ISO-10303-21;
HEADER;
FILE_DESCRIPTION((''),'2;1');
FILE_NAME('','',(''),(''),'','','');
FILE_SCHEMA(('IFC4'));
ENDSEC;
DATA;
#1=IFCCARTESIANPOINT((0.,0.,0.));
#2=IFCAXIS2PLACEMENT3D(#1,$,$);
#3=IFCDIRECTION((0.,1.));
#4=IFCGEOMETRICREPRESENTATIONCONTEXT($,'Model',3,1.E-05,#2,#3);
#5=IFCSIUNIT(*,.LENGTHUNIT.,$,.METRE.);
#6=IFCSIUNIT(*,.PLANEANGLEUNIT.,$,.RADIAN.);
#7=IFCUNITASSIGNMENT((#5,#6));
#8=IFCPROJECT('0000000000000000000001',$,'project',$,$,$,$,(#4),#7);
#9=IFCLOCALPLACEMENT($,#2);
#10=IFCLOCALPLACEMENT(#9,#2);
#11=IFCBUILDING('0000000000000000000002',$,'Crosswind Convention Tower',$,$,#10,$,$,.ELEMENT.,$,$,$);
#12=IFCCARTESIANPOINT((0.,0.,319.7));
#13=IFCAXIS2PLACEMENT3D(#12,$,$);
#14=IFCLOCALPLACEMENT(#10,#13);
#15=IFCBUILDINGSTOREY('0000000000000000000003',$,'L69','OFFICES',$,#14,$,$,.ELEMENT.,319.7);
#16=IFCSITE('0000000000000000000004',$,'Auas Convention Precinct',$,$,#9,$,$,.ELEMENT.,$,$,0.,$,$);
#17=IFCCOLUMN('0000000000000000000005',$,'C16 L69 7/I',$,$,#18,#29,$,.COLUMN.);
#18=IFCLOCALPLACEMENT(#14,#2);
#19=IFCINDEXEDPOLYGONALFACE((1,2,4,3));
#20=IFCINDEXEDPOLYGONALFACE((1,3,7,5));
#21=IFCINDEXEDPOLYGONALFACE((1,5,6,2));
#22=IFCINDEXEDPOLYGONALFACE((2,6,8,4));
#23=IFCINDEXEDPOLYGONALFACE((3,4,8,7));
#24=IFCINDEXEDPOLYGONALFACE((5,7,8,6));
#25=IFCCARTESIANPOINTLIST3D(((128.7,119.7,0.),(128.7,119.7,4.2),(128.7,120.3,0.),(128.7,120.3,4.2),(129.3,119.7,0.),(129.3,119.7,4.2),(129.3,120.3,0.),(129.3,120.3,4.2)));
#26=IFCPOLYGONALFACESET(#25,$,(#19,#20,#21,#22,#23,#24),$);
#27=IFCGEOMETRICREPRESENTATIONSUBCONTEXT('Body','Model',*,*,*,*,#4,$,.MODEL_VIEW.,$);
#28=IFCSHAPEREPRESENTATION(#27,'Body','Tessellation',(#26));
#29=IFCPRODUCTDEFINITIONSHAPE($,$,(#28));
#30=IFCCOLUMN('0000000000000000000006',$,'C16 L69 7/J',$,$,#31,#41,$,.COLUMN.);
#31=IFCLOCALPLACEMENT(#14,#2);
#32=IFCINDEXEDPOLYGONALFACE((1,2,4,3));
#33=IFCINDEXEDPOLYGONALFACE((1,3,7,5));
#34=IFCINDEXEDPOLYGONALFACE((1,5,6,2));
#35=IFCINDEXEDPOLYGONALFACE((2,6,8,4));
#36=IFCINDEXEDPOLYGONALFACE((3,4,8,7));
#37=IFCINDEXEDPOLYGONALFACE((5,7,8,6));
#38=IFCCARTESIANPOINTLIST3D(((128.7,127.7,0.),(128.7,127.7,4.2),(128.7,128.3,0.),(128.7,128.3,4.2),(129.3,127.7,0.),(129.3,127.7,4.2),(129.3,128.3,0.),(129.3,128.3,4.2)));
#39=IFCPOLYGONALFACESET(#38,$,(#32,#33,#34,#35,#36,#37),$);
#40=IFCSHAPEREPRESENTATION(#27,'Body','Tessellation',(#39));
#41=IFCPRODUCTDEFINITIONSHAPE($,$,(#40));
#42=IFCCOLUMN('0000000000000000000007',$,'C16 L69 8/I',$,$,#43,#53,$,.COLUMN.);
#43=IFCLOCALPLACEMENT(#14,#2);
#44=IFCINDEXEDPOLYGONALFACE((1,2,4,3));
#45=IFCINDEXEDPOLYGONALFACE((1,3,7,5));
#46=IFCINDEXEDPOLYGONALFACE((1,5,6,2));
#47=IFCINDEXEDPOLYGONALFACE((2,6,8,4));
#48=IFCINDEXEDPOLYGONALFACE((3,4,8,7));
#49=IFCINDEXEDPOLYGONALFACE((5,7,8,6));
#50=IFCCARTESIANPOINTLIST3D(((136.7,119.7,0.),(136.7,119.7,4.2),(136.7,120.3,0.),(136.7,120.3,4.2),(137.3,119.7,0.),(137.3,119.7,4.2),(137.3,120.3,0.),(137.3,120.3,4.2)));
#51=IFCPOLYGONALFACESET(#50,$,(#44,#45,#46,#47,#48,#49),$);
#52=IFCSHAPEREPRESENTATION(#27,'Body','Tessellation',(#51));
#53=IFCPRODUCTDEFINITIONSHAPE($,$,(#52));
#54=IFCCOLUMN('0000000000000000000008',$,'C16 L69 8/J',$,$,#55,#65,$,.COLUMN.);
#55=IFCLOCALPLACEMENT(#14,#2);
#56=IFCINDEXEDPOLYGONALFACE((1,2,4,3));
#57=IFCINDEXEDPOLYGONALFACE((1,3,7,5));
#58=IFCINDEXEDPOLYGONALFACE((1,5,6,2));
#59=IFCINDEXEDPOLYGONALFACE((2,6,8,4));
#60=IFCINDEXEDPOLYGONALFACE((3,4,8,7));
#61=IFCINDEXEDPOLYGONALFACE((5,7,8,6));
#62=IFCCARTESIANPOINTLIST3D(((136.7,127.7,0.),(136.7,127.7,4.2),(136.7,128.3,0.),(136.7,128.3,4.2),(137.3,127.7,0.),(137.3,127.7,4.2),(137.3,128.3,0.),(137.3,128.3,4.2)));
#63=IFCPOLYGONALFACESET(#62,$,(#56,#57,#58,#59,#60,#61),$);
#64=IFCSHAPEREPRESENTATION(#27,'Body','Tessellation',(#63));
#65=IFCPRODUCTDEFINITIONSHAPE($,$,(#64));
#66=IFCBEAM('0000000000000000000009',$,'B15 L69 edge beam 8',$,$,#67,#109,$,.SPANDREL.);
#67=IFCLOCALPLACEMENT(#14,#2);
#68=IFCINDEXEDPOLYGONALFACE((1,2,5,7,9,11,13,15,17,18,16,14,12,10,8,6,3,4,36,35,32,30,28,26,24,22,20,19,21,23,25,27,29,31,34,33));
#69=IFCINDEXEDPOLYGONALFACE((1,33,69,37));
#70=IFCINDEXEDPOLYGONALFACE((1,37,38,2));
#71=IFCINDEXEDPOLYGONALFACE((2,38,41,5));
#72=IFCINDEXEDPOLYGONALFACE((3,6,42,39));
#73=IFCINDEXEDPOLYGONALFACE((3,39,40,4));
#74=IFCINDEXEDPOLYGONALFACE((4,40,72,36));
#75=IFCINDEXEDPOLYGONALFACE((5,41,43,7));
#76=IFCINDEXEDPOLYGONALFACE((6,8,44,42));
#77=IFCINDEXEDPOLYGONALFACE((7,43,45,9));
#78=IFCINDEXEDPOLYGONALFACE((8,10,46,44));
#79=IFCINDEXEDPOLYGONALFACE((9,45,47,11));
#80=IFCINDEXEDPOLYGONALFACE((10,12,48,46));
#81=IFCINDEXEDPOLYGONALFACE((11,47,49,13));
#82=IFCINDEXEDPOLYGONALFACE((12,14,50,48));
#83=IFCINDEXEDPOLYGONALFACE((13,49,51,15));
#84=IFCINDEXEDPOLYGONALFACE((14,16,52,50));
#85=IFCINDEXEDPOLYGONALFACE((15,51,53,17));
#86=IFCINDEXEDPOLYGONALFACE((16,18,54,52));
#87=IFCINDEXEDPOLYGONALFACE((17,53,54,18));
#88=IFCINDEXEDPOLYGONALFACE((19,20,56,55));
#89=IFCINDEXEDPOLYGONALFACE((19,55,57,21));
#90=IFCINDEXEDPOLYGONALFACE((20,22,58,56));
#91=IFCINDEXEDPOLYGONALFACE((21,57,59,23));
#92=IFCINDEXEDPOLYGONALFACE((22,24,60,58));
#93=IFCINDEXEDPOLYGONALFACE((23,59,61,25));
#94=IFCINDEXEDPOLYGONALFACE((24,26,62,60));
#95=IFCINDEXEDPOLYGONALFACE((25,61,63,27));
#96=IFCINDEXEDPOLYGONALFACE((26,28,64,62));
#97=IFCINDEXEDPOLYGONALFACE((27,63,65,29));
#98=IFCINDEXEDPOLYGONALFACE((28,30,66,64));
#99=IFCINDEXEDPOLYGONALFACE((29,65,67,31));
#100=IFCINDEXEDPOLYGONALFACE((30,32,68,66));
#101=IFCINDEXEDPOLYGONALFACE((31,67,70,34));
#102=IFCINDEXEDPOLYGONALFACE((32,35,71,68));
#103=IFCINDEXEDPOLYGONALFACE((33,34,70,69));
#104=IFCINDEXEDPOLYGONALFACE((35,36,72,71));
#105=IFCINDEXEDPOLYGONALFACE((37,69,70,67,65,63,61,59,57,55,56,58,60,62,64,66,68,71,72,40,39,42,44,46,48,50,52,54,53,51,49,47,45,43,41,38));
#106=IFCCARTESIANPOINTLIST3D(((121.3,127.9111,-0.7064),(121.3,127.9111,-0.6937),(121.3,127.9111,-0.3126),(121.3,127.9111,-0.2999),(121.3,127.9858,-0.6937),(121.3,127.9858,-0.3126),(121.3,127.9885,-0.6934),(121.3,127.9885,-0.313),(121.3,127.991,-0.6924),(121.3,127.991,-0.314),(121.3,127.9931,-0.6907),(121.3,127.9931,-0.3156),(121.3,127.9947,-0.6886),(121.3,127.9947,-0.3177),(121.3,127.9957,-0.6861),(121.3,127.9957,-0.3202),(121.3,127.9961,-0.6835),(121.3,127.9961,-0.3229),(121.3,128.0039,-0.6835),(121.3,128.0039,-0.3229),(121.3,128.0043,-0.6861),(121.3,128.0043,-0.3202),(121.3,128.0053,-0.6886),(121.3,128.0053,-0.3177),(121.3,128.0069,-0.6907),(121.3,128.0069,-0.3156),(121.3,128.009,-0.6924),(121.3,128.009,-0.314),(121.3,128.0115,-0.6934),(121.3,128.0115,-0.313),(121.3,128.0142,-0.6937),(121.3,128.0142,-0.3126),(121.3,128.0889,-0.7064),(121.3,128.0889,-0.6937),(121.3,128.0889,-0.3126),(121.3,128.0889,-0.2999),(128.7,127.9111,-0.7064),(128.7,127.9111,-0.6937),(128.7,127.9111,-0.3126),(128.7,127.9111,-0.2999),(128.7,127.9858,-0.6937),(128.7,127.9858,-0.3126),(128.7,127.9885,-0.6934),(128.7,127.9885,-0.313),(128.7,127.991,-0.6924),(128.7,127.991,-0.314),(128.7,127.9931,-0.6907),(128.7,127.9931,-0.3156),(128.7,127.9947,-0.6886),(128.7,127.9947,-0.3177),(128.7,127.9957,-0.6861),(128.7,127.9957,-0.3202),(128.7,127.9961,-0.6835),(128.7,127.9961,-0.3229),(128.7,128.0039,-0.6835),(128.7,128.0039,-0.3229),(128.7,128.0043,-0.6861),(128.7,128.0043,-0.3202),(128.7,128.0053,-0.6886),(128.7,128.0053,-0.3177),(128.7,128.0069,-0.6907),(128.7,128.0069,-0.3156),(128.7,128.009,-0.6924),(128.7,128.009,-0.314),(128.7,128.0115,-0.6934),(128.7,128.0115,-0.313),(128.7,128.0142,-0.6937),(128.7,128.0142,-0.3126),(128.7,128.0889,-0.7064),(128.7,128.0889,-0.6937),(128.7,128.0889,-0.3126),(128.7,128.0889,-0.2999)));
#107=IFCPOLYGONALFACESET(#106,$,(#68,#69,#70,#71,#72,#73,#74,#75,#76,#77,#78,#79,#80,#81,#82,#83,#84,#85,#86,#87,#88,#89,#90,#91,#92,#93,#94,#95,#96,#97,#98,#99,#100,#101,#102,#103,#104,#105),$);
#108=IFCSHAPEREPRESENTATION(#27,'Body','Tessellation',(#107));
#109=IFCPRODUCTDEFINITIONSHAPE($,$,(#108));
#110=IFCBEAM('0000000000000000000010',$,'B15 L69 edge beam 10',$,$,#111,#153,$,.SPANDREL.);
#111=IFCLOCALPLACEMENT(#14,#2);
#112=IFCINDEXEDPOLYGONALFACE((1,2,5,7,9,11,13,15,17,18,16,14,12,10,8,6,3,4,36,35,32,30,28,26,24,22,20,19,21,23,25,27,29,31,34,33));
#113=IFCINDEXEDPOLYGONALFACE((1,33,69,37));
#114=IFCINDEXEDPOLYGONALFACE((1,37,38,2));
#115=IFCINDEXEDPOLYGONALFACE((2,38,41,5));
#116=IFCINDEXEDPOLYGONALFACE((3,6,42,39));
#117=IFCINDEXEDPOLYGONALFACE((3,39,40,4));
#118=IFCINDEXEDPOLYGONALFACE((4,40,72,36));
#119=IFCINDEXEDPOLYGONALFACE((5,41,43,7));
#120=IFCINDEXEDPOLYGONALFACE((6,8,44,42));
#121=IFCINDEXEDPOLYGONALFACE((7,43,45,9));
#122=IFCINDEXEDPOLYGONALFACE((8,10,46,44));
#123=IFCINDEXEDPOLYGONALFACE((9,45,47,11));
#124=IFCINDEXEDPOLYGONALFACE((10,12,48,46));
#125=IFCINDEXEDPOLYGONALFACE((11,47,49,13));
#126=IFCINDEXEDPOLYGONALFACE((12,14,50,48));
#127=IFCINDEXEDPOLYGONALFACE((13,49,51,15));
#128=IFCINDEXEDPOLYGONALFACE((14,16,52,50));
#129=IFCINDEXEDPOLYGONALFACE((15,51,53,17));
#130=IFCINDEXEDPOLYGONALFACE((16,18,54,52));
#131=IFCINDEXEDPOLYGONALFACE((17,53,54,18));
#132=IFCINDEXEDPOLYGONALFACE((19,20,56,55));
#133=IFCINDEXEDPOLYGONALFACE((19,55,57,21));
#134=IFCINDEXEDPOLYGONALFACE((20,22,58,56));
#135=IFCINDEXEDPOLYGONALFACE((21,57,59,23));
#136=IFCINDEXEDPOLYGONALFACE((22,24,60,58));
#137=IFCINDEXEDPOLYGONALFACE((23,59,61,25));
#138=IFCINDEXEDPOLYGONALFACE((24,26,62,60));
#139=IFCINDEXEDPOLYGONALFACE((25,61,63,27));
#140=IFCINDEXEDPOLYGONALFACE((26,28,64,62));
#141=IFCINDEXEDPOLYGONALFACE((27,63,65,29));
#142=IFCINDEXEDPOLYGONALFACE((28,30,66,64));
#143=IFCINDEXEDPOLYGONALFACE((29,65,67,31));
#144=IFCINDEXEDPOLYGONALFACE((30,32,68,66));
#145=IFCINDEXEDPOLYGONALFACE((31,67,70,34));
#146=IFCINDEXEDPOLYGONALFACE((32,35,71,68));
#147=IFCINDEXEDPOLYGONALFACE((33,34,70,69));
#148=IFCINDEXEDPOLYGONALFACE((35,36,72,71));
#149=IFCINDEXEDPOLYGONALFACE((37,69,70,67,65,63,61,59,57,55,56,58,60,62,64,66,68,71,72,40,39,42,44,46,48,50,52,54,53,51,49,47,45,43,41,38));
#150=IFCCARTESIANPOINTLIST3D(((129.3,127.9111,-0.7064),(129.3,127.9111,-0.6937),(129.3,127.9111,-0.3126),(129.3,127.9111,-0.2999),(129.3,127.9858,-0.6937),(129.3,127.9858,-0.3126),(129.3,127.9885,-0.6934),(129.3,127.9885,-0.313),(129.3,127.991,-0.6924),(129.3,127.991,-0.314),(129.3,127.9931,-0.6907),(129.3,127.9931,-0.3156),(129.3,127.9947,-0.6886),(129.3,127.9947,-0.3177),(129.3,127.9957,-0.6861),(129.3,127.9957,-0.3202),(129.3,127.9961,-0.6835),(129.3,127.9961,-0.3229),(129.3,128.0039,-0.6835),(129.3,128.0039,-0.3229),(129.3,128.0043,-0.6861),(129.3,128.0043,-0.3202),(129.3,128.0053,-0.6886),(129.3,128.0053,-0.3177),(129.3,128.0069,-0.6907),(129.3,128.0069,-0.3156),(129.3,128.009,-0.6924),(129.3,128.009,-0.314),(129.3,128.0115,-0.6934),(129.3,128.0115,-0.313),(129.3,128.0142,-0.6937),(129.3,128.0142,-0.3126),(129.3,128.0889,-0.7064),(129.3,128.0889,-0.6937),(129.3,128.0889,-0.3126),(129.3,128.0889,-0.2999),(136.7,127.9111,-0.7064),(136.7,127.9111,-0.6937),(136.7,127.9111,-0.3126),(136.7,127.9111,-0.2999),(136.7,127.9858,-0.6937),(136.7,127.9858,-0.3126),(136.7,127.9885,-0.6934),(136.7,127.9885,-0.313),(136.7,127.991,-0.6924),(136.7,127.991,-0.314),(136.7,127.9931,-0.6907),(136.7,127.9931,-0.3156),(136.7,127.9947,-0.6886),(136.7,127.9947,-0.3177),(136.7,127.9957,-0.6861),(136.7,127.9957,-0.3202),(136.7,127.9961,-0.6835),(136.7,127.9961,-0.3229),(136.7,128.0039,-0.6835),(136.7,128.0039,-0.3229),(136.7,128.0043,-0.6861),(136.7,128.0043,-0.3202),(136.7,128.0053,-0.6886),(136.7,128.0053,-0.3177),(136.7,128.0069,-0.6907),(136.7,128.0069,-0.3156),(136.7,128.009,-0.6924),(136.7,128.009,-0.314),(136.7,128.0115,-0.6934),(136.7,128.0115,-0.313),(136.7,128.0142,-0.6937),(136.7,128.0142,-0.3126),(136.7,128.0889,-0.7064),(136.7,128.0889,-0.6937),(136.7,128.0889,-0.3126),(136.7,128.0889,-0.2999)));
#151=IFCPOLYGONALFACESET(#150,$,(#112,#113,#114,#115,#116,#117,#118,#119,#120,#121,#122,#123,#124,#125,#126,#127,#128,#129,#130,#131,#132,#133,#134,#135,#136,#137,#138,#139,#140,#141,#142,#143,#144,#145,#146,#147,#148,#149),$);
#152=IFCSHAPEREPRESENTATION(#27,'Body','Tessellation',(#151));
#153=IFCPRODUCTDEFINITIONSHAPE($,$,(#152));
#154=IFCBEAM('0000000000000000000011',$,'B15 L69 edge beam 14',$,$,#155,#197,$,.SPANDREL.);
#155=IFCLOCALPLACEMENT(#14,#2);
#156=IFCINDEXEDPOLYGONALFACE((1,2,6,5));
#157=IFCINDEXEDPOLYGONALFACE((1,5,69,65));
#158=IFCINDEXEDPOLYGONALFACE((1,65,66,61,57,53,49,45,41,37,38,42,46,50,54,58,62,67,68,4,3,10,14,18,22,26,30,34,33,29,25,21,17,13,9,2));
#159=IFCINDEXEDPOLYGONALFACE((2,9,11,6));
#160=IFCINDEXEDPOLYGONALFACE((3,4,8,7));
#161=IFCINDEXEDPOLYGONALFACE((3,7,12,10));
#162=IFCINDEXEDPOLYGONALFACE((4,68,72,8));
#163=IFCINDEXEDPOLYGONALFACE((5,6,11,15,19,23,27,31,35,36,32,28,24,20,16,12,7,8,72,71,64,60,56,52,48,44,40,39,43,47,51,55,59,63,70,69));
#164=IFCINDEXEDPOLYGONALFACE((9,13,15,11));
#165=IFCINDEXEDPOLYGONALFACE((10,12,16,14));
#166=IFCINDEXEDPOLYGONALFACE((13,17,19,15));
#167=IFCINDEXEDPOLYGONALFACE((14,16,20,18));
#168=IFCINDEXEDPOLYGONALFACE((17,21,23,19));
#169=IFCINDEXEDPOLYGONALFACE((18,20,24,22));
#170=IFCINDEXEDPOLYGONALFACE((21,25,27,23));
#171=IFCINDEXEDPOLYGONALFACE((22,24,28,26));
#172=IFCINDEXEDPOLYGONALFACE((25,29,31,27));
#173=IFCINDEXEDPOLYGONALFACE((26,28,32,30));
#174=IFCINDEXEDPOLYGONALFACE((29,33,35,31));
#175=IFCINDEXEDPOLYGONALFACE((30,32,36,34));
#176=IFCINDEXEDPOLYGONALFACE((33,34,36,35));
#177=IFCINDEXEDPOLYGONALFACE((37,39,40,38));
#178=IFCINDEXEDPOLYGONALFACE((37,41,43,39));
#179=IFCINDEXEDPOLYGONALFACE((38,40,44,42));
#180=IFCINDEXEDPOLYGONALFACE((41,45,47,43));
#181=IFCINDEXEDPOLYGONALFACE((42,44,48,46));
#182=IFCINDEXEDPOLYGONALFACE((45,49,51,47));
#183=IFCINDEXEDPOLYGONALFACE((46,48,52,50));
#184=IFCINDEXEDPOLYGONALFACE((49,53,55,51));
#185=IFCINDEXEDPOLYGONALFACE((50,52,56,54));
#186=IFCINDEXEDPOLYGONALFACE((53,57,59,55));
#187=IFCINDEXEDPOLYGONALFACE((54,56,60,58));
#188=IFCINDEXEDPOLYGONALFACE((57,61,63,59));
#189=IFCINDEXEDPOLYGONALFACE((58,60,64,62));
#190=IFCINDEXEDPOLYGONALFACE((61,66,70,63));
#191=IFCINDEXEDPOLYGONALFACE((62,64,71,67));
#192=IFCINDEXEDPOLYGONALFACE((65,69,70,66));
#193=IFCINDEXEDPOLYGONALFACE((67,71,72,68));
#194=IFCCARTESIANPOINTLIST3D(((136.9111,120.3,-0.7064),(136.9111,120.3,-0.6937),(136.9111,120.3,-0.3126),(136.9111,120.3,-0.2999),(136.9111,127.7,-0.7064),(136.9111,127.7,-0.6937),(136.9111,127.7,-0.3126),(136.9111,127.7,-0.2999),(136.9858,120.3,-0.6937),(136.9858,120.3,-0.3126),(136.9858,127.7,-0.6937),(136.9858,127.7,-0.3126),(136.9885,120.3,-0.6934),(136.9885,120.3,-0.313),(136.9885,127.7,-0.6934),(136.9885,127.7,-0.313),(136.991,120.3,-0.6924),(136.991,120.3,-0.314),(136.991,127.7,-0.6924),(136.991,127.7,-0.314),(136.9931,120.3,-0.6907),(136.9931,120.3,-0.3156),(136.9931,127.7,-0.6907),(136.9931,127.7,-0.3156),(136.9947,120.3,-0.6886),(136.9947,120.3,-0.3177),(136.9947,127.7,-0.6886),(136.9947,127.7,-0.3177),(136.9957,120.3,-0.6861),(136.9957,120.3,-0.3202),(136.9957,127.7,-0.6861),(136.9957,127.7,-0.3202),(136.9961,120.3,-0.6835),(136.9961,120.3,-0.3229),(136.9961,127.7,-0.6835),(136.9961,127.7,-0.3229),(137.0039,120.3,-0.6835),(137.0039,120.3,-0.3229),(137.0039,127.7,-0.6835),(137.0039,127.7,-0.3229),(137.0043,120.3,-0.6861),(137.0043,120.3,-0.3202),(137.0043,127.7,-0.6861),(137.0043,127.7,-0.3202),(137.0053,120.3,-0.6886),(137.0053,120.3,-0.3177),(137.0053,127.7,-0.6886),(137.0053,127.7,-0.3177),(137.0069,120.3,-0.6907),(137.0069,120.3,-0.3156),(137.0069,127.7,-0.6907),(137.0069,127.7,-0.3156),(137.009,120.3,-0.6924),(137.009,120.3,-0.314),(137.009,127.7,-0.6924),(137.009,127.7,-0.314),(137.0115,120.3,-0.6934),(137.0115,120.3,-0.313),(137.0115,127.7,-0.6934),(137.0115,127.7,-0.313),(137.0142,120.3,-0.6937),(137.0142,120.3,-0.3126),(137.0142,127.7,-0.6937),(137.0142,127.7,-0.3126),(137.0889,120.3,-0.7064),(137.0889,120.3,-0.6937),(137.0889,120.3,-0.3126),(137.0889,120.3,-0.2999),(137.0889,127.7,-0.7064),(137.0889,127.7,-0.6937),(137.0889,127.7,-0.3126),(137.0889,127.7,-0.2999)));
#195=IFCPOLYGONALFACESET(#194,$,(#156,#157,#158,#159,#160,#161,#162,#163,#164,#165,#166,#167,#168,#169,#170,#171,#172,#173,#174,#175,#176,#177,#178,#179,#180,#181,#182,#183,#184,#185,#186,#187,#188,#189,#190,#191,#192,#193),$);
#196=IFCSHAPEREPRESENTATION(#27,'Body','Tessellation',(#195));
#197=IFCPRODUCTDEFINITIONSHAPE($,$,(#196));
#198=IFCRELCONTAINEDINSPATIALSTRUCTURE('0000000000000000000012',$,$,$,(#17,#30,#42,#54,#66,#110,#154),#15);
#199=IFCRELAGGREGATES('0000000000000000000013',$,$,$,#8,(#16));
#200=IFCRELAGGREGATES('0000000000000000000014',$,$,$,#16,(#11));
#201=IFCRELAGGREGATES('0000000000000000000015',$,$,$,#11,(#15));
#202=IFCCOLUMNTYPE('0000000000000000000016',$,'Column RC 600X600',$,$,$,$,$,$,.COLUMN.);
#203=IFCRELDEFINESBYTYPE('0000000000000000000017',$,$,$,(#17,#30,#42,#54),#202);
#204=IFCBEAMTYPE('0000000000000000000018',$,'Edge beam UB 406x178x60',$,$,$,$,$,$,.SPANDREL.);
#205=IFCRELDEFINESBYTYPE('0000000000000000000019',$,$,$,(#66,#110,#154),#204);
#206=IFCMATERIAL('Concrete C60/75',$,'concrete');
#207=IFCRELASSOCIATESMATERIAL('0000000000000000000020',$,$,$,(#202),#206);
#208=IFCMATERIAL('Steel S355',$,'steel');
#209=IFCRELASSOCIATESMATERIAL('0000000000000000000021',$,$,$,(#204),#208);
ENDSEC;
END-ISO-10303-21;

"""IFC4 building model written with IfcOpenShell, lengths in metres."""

from ifc_helpers import new_model, si_unit, direction, frame, origin, origin_2d, place, context, subcontext, project, spatial, rectangle, i_section, extrude, material, material_profile, profile_set, type_object, element, save


model = new_model("IFC4")

# Units and contexts
model_context = context("Model", 3, precision=1e-05, world=origin(), true_north=direction((0.0, 1.0)))
body_context = subcontext(model_context, "Body", "Model", "MODEL_VIEW")
ifc_project = project(units=[si_unit("LENGTHUNIT", "METRE"), si_unit("PLANEANGLEUNIT", "RADIAN")], contexts=[model_context])

# Site, building, storey
site_placement = place(None, origin())
site = spatial("IfcSite", under=ifc_project, at=site_placement, Name="Auas Convention Precinct", CompositionType="ELEMENT", RefElevation=0.0)
building_placement = place(site_placement, origin())
building = spatial("IfcBuilding", under=site, at=building_placement, Name="Crosswind Convention Tower", CompositionType="ELEMENT")
storey_placement = place(building_placement, frame((0.0, 0.0, 319.7)))
storey = spatial("IfcBuildingStorey", under=building, at=storey_placement, Name="L69", Description="OFFICES", CompositionType="ELEMENT", Elevation=319.7)

# Columns
ifc_material_1 = material(Name="Concrete C60/75", Category="concrete")
ifc_material_profile_1 = material_profile(ifc_material_1, rectangle(XDim=0.6001, YDim=0.6001, at=origin_2d()), Name="RC 600X600")
ifc_profile_set_1 = profile_set([ifc_material_profile_1], Name="Concrete C60/75")
column_type = type_object("IfcColumnType", Name="Column RC 600X600", PredefinedType="COLUMN", material=ifc_profile_set_1)
for number, where, z_axis, x_axis, name in (
    (1, (129.0, 120.0, 0.0), (0.0, 0.0, 1.0), (1.0, 0.0, 0.0), "C16 L69 7/I"),
    (2, (129.0, 128.0, 0.0), (0.0, 0.0, 1.0), (1.0, 0.0, 0.0), "C16 L69 7/J"),
    (3, (137.0, 120.0, 0.0), (0.0, 0.0, 1.0), (1.0, 0.0, 0.0), "C16 L69 8/I"),
    (4, (137.0, 128.0, 0.0), (0.0, 0.0, 1.0), (1.0, 0.0, 0.0), "C16 L69 8/J"),
):
    element("IfcColumn", number, at=place(storey_placement, frame(where, z_axis=z_axis, x_axis=x_axis)), inside=storey, type_object=column_type, Name=name, PredefinedType="COLUMN", context=body_context, shape_type="SweptSolid", body=[
        extrude(rectangle(XDim=0.6001, YDim=0.6001, at=origin_2d()), origin(), (0.0, 0.0, 1.0), 4.2),
    ])

# Beams
ifc_material_2 = material(Name="Steel S355", Category="steel")
ifc_material_profile_2 = material_profile(ifc_material_2, i_section(OverallWidth=0.1777, OverallDepth=0.4065, WebThickness=0.0078, FlangeThickness=0.0127, FilletRadius=0.0103, at=origin_2d()), Name="UB 406x178x60")
ifc_profile_set_2 = profile_set([ifc_material_profile_2], Name="Steel S355")
beam_type_1 = type_object("IfcBeamType", Name="Edge beam UB 406x178x60", PredefinedType="SPANDREL", material=ifc_profile_set_2)
for number, where, z_axis, x_axis, name in (
    (5, (121.3, 128.0, -0.5032), (1.0, 0.0, 0.0), (0.0, 1.0, 0.0), "B15 L69 edge beam 8"),
    (6, (129.3, 128.0, -0.5032), (1.0, 0.0, 0.0), (0.0, 1.0, 0.0), "B15 L69 edge beam 10"),
    (7, (137.0, 120.3, -0.5032), (0.0, 1.0, 0.0), (-1.0, 0.0, 0.0), "B15 L69 edge beam 14"),
):
    element("IfcBeam", number, at=place(storey_placement, frame(where, z_axis=z_axis, x_axis=x_axis)), inside=storey, type_object=beam_type_1, Name=name, PredefinedType="SPANDREL", context=body_context, shape_type="SweptSolid", body=[
        extrude(i_section(OverallWidth=0.1777, OverallDepth=0.4065, WebThickness=0.0078, FlangeThickness=0.0127, FilletRadius=0.0103, at=origin_2d()), origin(), (0.0, 0.0, 1.0), 7.3999),
    ])

save(model, "model.ifc")
